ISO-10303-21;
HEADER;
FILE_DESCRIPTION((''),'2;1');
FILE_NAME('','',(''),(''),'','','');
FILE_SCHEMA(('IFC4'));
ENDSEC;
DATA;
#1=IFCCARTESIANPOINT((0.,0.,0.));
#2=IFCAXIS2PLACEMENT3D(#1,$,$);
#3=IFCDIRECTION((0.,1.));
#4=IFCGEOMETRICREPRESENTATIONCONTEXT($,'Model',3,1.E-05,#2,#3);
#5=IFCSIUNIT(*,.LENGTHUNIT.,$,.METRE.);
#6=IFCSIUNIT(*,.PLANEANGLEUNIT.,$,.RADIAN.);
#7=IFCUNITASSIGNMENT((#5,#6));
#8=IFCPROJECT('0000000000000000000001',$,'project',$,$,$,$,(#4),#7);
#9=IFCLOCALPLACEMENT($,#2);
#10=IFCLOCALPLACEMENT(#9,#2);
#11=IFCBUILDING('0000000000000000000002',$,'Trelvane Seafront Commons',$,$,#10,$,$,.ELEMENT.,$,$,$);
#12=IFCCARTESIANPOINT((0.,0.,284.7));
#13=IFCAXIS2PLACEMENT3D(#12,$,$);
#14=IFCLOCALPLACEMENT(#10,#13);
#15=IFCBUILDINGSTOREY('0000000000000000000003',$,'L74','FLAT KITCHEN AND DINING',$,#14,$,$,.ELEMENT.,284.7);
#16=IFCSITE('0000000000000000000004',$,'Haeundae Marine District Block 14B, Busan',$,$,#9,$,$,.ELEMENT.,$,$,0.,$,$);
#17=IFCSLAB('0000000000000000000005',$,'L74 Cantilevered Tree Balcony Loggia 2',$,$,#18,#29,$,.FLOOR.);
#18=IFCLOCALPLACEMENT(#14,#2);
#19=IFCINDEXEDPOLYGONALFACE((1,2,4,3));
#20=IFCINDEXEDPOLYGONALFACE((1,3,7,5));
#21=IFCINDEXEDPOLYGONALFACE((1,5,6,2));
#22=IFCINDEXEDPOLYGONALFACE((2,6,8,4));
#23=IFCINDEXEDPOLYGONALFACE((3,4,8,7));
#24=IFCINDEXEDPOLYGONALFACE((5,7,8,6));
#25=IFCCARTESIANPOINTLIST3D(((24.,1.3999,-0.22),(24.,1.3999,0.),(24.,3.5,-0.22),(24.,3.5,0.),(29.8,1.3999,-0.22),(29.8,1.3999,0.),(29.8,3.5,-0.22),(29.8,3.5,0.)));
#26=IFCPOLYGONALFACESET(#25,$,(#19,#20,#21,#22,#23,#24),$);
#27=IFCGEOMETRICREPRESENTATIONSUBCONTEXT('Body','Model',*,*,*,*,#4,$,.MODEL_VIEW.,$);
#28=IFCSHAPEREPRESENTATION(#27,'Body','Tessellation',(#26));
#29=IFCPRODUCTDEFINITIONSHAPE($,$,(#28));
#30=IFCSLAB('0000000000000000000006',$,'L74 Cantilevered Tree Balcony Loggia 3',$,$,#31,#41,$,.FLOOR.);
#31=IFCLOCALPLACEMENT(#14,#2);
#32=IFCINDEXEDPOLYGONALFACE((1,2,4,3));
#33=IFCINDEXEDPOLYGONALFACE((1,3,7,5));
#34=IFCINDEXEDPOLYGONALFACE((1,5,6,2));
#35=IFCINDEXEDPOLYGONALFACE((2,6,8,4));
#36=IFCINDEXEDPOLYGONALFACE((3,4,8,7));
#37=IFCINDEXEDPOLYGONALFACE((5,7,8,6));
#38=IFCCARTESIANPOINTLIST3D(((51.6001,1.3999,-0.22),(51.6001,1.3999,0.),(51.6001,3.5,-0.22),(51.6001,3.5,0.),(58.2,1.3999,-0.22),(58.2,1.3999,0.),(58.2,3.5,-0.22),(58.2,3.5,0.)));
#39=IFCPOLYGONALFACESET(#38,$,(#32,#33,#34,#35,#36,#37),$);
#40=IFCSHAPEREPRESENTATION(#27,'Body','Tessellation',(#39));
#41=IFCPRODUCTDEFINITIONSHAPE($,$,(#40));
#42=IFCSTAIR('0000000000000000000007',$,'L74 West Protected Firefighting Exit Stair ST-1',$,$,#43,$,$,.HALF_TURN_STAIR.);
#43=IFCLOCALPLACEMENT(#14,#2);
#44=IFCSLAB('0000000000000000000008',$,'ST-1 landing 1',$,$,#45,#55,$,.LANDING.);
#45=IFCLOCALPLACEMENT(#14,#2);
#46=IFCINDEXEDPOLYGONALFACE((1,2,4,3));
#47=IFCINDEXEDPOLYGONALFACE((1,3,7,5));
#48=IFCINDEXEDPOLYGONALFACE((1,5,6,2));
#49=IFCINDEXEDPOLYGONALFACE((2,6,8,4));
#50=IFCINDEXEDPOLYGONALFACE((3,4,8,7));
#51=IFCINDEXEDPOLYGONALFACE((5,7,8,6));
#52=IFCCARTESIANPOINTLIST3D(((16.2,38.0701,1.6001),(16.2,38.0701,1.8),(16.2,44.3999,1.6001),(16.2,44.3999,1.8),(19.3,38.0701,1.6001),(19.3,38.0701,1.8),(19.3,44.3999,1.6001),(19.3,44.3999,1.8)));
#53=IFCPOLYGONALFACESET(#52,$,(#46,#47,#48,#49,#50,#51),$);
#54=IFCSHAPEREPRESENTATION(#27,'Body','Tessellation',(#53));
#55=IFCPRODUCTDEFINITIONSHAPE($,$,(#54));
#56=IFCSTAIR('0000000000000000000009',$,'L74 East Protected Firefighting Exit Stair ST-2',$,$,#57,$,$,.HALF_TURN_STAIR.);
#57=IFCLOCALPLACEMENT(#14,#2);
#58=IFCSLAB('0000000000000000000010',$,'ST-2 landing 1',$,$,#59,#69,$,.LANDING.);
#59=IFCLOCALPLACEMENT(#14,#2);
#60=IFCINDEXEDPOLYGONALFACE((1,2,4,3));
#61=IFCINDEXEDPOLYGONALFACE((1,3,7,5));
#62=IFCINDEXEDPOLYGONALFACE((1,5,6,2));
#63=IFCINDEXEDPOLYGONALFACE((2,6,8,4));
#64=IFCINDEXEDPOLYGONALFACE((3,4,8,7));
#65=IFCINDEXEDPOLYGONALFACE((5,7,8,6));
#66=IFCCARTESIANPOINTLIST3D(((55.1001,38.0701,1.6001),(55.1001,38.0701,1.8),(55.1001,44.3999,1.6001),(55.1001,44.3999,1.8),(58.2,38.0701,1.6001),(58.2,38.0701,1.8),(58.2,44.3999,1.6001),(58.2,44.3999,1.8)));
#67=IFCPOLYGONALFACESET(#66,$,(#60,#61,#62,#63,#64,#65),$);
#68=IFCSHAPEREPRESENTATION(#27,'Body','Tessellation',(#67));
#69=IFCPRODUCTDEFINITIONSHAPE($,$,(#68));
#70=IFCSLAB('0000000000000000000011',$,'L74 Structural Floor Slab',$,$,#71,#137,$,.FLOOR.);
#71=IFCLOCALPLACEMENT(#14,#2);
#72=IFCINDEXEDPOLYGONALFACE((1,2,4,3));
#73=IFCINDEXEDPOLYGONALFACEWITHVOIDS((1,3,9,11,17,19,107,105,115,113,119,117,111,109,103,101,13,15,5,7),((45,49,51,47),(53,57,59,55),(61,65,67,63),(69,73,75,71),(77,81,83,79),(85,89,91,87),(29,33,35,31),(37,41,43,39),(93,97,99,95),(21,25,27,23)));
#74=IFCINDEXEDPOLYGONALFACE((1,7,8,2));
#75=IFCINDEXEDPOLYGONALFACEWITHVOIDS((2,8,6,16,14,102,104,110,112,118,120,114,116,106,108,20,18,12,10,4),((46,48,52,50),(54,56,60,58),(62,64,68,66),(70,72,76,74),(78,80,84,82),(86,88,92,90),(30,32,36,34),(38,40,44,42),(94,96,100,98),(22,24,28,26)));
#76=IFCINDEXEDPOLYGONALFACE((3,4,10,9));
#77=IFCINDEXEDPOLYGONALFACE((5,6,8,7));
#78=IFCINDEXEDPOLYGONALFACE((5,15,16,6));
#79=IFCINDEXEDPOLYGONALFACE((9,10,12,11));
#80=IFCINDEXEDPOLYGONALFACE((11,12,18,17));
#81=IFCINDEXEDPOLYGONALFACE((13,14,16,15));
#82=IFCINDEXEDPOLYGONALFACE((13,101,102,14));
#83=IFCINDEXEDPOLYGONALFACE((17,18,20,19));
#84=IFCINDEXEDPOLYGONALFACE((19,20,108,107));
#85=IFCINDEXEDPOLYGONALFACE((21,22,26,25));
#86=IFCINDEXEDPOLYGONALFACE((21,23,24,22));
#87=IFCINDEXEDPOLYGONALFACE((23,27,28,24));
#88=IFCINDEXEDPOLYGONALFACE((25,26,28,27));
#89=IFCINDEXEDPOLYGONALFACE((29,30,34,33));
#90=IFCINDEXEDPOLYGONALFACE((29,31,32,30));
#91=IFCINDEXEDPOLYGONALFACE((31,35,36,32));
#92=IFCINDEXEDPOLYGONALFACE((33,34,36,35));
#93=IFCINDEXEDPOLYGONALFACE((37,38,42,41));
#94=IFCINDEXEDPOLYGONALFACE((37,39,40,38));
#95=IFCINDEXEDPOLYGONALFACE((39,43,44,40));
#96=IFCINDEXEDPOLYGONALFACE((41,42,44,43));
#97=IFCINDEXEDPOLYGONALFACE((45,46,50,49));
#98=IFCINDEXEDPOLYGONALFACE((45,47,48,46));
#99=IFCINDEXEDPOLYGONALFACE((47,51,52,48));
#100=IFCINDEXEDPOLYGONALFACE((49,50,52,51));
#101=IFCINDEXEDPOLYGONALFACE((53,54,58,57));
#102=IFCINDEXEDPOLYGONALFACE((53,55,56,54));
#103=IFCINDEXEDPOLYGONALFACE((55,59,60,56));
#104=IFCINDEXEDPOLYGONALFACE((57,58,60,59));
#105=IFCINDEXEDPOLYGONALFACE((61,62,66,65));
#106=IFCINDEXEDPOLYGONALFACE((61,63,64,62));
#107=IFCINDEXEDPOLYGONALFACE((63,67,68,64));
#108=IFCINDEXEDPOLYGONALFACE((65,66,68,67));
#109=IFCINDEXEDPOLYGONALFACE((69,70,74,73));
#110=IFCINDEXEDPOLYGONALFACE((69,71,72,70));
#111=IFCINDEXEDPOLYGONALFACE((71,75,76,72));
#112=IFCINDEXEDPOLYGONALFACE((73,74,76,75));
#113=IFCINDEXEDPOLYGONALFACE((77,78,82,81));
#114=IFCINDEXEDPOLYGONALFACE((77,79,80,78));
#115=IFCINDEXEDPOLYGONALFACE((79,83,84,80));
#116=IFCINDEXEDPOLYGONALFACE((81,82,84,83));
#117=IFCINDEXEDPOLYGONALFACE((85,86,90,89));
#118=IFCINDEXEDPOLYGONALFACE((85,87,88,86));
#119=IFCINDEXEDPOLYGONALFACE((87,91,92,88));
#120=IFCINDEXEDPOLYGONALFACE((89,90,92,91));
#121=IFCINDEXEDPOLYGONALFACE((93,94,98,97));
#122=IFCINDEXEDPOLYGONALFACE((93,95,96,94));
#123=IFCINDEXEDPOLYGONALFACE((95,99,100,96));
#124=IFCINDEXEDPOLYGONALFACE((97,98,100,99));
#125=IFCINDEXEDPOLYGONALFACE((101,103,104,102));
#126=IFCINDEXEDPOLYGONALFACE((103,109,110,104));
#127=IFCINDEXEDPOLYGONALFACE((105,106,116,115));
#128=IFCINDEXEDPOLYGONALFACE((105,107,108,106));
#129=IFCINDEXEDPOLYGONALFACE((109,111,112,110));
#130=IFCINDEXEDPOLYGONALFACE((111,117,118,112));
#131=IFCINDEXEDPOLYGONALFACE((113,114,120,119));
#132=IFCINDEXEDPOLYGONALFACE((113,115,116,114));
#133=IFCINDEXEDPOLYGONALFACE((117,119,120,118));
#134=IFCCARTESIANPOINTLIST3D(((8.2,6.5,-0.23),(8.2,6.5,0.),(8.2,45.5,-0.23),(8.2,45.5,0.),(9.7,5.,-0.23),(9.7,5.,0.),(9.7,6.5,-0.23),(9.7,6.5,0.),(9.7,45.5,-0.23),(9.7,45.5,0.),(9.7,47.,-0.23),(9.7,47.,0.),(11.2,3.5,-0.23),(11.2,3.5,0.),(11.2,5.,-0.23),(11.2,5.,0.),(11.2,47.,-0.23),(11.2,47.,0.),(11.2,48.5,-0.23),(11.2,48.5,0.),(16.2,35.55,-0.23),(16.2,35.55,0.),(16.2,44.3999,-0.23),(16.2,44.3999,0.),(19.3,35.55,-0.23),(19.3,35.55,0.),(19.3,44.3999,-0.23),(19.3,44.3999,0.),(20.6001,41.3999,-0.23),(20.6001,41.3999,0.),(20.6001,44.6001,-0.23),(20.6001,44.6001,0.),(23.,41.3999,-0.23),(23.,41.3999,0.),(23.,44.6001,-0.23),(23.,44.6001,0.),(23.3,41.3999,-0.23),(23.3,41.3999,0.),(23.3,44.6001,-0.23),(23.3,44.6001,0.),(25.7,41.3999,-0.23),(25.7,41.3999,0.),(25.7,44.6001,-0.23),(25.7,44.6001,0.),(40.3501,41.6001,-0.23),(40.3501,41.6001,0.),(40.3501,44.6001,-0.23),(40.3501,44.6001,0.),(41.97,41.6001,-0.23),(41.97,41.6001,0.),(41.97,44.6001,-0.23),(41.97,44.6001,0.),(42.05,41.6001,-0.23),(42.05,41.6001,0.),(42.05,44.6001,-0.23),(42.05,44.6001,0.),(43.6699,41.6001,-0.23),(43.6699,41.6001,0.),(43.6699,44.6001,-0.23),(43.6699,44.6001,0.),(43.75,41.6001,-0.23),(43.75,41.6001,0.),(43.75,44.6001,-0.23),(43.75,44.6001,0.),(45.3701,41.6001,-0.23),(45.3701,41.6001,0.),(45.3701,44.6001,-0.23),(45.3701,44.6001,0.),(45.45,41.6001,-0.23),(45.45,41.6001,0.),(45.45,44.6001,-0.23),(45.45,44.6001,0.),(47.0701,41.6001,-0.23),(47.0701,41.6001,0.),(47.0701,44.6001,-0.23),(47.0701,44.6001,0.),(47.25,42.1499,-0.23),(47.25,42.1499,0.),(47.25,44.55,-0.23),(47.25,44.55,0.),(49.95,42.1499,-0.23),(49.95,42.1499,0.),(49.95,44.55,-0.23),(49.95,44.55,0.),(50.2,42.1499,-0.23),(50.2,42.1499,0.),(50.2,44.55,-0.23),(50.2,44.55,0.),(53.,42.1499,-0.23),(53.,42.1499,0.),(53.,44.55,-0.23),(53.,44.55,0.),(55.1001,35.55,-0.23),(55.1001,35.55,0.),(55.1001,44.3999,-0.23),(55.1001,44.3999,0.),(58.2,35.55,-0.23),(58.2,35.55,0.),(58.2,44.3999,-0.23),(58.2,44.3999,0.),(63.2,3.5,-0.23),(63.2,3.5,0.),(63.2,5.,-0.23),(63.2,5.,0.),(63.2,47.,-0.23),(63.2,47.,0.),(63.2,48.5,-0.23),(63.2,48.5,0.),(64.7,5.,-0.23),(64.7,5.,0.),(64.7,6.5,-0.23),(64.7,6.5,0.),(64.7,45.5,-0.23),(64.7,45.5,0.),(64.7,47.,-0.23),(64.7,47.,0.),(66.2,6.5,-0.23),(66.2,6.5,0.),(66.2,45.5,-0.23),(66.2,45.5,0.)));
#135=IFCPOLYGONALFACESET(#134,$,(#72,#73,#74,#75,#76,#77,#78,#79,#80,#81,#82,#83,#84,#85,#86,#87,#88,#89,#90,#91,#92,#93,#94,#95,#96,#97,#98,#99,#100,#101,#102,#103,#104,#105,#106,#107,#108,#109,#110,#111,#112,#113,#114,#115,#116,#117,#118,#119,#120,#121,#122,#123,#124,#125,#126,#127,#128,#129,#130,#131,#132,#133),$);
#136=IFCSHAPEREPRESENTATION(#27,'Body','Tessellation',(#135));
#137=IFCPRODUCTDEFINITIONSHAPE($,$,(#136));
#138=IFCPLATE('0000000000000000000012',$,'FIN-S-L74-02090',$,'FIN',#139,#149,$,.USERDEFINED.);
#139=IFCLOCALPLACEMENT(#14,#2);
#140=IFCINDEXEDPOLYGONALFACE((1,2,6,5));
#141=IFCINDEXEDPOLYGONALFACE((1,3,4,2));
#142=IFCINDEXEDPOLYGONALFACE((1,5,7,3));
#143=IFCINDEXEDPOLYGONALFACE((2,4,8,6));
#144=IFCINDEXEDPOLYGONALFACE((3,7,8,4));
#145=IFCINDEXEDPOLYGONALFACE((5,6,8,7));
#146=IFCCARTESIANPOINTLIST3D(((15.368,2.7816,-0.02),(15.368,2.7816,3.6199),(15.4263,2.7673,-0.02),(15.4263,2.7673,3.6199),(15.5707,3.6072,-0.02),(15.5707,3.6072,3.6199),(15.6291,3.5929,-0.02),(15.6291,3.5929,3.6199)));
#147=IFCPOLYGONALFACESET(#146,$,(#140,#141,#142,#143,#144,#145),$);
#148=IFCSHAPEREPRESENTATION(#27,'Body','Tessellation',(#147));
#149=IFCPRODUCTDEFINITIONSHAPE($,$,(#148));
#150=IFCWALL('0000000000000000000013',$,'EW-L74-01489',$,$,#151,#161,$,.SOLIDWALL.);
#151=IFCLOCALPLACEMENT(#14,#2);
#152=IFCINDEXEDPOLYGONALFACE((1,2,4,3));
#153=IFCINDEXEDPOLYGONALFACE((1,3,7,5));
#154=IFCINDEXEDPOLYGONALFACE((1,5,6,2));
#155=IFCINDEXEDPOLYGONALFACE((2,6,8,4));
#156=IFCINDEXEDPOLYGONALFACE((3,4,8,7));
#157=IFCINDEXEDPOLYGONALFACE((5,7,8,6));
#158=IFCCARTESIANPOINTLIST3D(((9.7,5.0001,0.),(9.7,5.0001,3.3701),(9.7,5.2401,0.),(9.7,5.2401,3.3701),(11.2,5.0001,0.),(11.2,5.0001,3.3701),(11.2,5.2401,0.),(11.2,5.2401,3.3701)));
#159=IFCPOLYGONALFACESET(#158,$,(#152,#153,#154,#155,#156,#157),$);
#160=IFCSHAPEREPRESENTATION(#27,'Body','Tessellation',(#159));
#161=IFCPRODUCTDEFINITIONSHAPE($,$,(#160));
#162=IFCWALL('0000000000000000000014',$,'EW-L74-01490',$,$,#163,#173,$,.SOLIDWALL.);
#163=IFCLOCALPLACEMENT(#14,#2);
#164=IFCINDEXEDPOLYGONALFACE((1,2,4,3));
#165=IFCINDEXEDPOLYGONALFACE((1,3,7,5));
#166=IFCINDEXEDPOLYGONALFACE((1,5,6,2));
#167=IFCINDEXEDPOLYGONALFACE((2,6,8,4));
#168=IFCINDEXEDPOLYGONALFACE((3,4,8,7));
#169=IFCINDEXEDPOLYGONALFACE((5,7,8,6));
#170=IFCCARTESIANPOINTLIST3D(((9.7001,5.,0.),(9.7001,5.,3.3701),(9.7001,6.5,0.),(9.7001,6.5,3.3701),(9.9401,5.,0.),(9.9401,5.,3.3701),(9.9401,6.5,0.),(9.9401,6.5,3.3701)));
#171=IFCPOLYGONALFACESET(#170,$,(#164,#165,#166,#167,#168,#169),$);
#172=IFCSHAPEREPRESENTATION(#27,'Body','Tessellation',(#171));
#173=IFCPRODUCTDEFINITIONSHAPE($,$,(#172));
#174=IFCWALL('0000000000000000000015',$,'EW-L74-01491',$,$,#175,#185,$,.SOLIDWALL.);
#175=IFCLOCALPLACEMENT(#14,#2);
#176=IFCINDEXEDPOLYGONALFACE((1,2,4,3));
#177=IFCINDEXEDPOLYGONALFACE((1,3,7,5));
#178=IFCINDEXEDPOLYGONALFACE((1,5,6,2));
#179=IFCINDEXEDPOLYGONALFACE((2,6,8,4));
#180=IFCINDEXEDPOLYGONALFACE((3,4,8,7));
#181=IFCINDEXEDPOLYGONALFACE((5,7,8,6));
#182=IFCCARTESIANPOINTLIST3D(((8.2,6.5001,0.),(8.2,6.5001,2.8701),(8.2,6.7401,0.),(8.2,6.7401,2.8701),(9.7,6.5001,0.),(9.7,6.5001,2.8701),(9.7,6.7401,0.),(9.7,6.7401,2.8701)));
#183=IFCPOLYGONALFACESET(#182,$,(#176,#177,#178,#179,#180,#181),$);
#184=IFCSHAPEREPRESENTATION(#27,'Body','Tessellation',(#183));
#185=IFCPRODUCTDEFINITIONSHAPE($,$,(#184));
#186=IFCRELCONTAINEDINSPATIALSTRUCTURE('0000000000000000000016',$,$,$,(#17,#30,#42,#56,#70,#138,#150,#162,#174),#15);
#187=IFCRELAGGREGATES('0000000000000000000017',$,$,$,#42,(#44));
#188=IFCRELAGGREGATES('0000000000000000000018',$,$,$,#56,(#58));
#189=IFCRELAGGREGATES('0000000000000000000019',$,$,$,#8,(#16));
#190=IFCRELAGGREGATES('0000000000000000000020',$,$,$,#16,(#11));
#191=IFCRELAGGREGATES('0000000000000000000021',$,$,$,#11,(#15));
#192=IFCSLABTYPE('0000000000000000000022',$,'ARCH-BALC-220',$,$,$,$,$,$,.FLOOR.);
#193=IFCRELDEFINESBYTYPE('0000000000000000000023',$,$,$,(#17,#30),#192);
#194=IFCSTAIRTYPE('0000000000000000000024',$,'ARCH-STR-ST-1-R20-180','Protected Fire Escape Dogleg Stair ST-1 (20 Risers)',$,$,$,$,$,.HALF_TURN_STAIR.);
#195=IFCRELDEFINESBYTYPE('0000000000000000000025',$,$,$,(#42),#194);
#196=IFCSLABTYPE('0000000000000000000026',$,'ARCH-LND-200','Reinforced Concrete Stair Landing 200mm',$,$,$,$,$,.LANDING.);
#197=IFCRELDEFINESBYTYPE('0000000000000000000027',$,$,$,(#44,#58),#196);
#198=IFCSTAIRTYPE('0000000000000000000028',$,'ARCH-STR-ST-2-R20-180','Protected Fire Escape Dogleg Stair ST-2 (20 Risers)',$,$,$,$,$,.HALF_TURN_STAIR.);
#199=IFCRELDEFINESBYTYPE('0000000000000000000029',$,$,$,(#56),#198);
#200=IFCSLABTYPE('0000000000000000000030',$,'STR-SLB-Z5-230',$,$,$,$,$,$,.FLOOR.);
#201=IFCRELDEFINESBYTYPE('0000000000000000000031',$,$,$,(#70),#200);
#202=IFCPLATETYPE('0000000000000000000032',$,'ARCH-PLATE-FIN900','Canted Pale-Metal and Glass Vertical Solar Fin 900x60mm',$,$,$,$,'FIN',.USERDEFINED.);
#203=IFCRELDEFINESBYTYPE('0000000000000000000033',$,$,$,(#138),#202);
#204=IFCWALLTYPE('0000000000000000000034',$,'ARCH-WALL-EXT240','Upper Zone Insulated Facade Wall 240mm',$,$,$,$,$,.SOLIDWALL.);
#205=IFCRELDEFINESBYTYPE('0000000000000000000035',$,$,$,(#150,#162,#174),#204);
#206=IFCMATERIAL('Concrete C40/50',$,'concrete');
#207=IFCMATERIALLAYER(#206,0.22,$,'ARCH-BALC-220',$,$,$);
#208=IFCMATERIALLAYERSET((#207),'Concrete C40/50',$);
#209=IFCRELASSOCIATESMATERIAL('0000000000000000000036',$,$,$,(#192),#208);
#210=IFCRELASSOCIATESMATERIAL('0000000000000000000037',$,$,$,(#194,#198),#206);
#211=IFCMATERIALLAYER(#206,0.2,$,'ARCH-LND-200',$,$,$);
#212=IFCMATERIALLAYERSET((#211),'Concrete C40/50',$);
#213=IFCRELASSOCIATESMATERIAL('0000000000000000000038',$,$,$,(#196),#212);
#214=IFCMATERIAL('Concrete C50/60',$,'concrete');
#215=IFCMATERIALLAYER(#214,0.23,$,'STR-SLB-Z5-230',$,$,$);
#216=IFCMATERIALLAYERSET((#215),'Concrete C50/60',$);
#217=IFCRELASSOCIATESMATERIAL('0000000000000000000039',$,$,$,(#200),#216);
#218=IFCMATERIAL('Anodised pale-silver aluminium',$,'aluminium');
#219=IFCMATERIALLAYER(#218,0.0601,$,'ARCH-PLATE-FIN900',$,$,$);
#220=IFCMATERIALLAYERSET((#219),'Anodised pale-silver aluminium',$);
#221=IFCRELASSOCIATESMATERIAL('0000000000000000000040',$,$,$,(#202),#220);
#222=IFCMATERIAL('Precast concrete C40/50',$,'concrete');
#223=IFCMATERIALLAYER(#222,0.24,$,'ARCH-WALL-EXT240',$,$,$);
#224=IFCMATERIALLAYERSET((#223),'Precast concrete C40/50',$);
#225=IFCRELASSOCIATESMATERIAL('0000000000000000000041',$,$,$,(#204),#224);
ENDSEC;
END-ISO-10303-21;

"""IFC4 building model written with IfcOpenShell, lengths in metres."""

from ifc_helpers import new_model, si_unit, direction, frame, frame_2d, origin, origin_2d, place, context, subcontext, project, spatial, polyline, rectangle, outline, extrude, source, transform, mapped, material, layer, layer_set, type_object, element, aggregate, save


model = new_model("IFC4")

# Units and contexts
model_context = context("Model", 3, precision=1e-05, world=origin(), true_north=direction((0.0, 1.0)))
body_context = subcontext(model_context, "Body", "Model", "MODEL_VIEW")
ifc_project = project(units=[si_unit("LENGTHUNIT", "METRE"), si_unit("PLANEANGLEUNIT", "RADIAN")], contexts=[model_context])

# Site, building, storey
site_placement = place(None, origin())
site = spatial("IfcSite", under=ifc_project, at=site_placement, Name="Haeundae Marine District Block 14B, Busan", CompositionType="ELEMENT", RefElevation=0.0)
building_placement = place(site_placement, origin())
building = spatial("IfcBuilding", under=site, at=building_placement, Name="Trelvane Seafront Commons", CompositionType="ELEMENT")
storey_placement = place(building_placement, frame((0.0, 0.0, 284.7)))
storey = spatial("IfcBuildingStorey", under=building, at=storey_placement, Name="L74", Description="FLAT KITCHEN AND DINING", CompositionType="ELEMENT", Elevation=284.7)

# Slabs
ifc_material_1 = material(Name="Concrete C40/50", Category="concrete")
ifc_layer_1 = layer(ifc_material_1, 0.22, Name="ARCH-BALC-220")
ifc_layer_set_1 = layer_set([ifc_layer_1], Name="Concrete C40/50")
slab_type_1 = type_object("IfcSlabType", Name="ARCH-BALC-220", PredefinedType="FLOOR", material=ifc_layer_set_1)
slab_1_placement = place(storey_placement, frame((0.0, 0.0, -0.22)))
element("IfcSlab", 1, at=slab_1_placement, inside=storey, type_object=slab_type_1, Name="L74 Cantilevered Tree Balcony Loggia 2", PredefinedType="FLOOR", context=body_context, shape_type="SweptSolid", body=[
    extrude(outline(polyline([(24.0, 1.3999), (29.8, 1.3999), (29.8, 3.5), (24.0, 3.5), (24.0, 1.3999)])), origin(), (0.0, 0.0, 1.0), 0.22),
])
slab_2_placement = place(storey_placement, frame((0.0, 0.0, -0.22)))
element("IfcSlab", 2, at=slab_2_placement, inside=storey, type_object=slab_type_1, Name="L74 Cantilevered Tree Balcony Loggia 3", PredefinedType="FLOOR", context=body_context, shape_type="SweptSolid", body=[
    extrude(outline(polyline([(51.6001, 1.3999), (58.2, 1.3999), (58.2, 3.5), (51.6001, 3.5), (51.6001, 1.3999)])), origin(), (0.0, 0.0, 1.0), 0.22),
])

# Stairs, slabs
stair_type_1 = type_object("IfcStairType", Name="ARCH-STR-ST-1-R20-180", Description="Protected Fire Escape Dogleg Stair ST-1 (20 Risers)", PredefinedType="HALF_TURN_STAIR", material=ifc_material_1)
stair_1_placement = place(storey_placement, origin())
stair_1 = element("IfcStair", 3, at=stair_1_placement, inside=storey, type_object=stair_type_1, Name="L74 West Protected Firefighting Exit Stair ST-1", PredefinedType="HALF_TURN_STAIR")
ifc_layer_2 = layer(ifc_material_1, 0.2, Name="ARCH-LND-200")
ifc_layer_set_2 = layer_set([ifc_layer_2], Name="Concrete C40/50")
slab_type_2 = type_object("IfcSlabType", Name="ARCH-LND-200", Description="Reinforced Concrete Stair Landing 200mm", PredefinedType="LANDING", material=ifc_layer_set_2)
slab_3_placement = place(storey_placement, frame((0.0, 0.0, 1.6001)))
slab_3 = element("IfcSlab", 4, at=slab_3_placement, type_object=slab_type_2, Name="ST-1 landing 1", PredefinedType="LANDING", context=body_context, shape_type="SweptSolid", body=[
    extrude(outline(polyline([(19.3, 38.0701), (19.3, 44.3999), (16.2, 44.3999), (16.2, 38.0701), (19.3, 38.0701)])), origin(), (0.0, 0.0, 1.0), 0.2),
])
aggregate(stair_1, [slab_3])
stair_type_2 = type_object("IfcStairType", Name="ARCH-STR-ST-2-R20-180", Description="Protected Fire Escape Dogleg Stair ST-2 (20 Risers)", PredefinedType="HALF_TURN_STAIR", material=ifc_material_1)
stair_2_placement = place(storey_placement, origin())
stair_2 = element("IfcStair", 5, at=stair_2_placement, inside=storey, type_object=stair_type_2, Name="L74 East Protected Firefighting Exit Stair ST-2", PredefinedType="HALF_TURN_STAIR")
slab_4_placement = place(storey_placement, frame((0.0, 0.0, 1.6001)))
slab_4 = element("IfcSlab", 6, at=slab_4_placement, type_object=slab_type_2, Name="ST-2 landing 1", PredefinedType="LANDING", context=body_context, shape_type="SweptSolid", body=[
    extrude(outline(polyline([(58.2, 38.0701), (58.2, 44.3999), (55.1001, 44.3999), (55.1001, 38.0701), (58.2, 38.0701)])), origin(), (0.0, 0.0, 1.0), 0.2),
])
aggregate(stair_2, [slab_4])

# Slab
ifc_material_2 = material(Name="Concrete C50/60", Category="concrete")
ifc_layer_3 = layer(ifc_material_2, 0.23, Name="STR-SLB-Z5-230")
ifc_layer_set_3 = layer_set([ifc_layer_3], Name="Concrete C50/60")
slab_type_3 = type_object("IfcSlabType", Name="STR-SLB-Z5-230", PredefinedType="FLOOR", material=ifc_layer_set_3)
slab_5_placement = place(storey_placement, frame((0.0, 0.0, -0.23)))
element("IfcSlab", 7, at=slab_5_placement, inside=storey, type_object=slab_type_3, Name="L74 Structural Floor Slab", PredefinedType="FLOOR", context=body_context, shape_type="SweptSolid", body=[
    extrude(outline(polyline([(11.2, 3.5), (63.2, 3.5), (63.2, 5.0), (64.7, 5.0), (64.7, 6.5), (66.2, 6.5), (66.2, 45.5), (64.7, 45.5), (64.7, 47.0), (63.2, 47.0), (63.2, 48.5), (11.2, 48.5), (11.2, 47.0), (9.7, 47.0), (9.7, 45.5), (8.2, 45.5), (8.2, 6.5), (9.7, 6.5), (9.7, 5.0), (11.2, 5.0), (11.2, 3.5)]), holes=[polyline([(19.3, 35.55), (16.2, 35.55), (16.2, 44.3999), (19.3, 44.3999), (19.3, 35.55)]), polyline([(58.2, 35.55), (55.1001, 35.55), (55.1001, 44.3999), (58.2, 44.3999), (58.2, 35.55)]), polyline([(23.0, 41.3999), (20.6001, 41.3999), (20.6001, 44.6001), (23.0, 44.6001), (23.0, 41.3999)]), polyline([(23.3, 41.3999), (23.3, 44.6001), (25.7, 44.6001), (25.7, 41.3999), (23.3, 41.3999)]), polyline([(40.3501, 41.6001), (40.3501, 44.6001), (41.97, 44.6001), (41.97, 41.6001), (40.3501, 41.6001)]), polyline([(43.6699, 41.6001), (42.05, 41.6001), (42.05, 44.6001), (43.6699, 44.6001), (43.6699, 41.6001)]), polyline([(45.3701, 41.6001), (43.75, 41.6001), (43.75, 44.6001), (45.3701, 44.6001), (45.3701, 41.6001)]), polyline([(47.0701, 41.6001), (45.45, 41.6001), (45.45, 44.6001), (47.0701, 44.6001), (47.0701, 41.6001)]), polyline([(47.25, 42.1499), (47.25, 44.55), (49.95, 44.55), (49.95, 42.1499), (47.25, 42.1499)]), polyline([(50.2, 42.1499), (50.2, 44.55), (53.0, 44.55), (53.0, 42.1499), (50.2, 42.1499)])]), origin(), (0.0, 0.0, 1.0), 0.23),
])

# Plate
ifc_material_3 = material(Name="Anodised pale-silver aluminium", Category="aluminium")
ifc_layer_4 = layer(ifc_material_3, 0.0601, Name="ARCH-PLATE-FIN900")
ifc_layer_set_4 = layer_set([ifc_layer_4], Name="Anodised pale-silver aluminium")
plate_type = type_object("IfcPlateType", Name="ARCH-PLATE-FIN900", Description="Canted Pale-Metal and Glass Vertical Solar Fin 900x60mm", ElementType="FIN", PredefinedType="USERDEFINED", material=ifc_layer_set_4)
shared_shape_1 = source(origin(), body_context, "Body", "SweptSolid", [
    extrude(rectangle(XDim=0.8501, YDim=0.0601, at=origin_2d()), origin(), (0.0, 0.0, 1.0), 3.6399),
])
plate_placement = place(storey_placement, frame((15.4985, 3.1873, -0.02), z_axis=(0.0, 0.0, 1.0), x_axis=(-0.238464, -0.971151, 0.0)))
element("IfcPlate", 8, at=plate_placement, inside=storey, type_object=plate_type, Name="FIN-S-L74-02090", ObjectType="FIN", PredefinedType="USERDEFINED", context=body_context, shape_type="MappedRepresentation", body=[
    mapped(shared_shape_1, transform((0.0, 0.0, 0.0), x_axis=(1.0, 0.0, 0.0), y_axis=(0.0, 1.0, 0.0), z_axis=(0.0, 0.0, 1.0), scale=1.0)),
])

# Walls
ifc_material_4 = material(Name="Precast concrete C40/50", Category="concrete")
ifc_layer_5 = layer(ifc_material_4, 0.24, Name="ARCH-WALL-EXT240")
ifc_layer_set_5 = layer_set([ifc_layer_5], Name="Precast concrete C40/50")
wall_type_1 = type_object("IfcWallType", Name="ARCH-WALL-EXT240", Description="Upper Zone Insulated Facade Wall 240mm", PredefinedType="SOLIDWALL", material=ifc_layer_set_5)
for number, where, z_axis, x_axis, name in (
    (9, (11.2, 5.1201, 0.0), (0.0, 0.0, 1.0), (-1.0, 0.0, 0.0), "EW-L74-01489"),
    (10, (9.8201, 5.0, 0.0), (0.0, 0.0, 1.0), (0.0, 1.0, 0.0), "EW-L74-01490"),
):
    element("IfcWall", number, at=place(storey_placement, frame(where, z_axis=z_axis, x_axis=x_axis)), inside=storey, type_object=wall_type_1, Name=name, PredefinedType="SOLIDWALL", context=body_context, shape_type="SweptSolid", body=[
        extrude(rectangle(XDim=1.5, YDim=0.24, at=frame_2d((0.75, 0.0))), origin(), (0.0, 0.0, 1.0), 3.3701),
    ])
wall_1_placement = place(storey_placement, frame((9.7, 6.6201, 0.0), z_axis=(0.0, 0.0, 1.0), x_axis=(-1.0, 0.0, 0.0)))
element("IfcWall", 11, at=wall_1_placement, inside=storey, type_object=wall_type_1, Name="EW-L74-01491", PredefinedType="SOLIDWALL", context=body_context, shape_type="SweptSolid", body=[
    extrude(rectangle(XDim=1.5, YDim=0.24, at=frame_2d((0.75, 0.0))), origin(), (0.0, 0.0, 1.0), 2.8701),
])

save(model, "model.ifc")
